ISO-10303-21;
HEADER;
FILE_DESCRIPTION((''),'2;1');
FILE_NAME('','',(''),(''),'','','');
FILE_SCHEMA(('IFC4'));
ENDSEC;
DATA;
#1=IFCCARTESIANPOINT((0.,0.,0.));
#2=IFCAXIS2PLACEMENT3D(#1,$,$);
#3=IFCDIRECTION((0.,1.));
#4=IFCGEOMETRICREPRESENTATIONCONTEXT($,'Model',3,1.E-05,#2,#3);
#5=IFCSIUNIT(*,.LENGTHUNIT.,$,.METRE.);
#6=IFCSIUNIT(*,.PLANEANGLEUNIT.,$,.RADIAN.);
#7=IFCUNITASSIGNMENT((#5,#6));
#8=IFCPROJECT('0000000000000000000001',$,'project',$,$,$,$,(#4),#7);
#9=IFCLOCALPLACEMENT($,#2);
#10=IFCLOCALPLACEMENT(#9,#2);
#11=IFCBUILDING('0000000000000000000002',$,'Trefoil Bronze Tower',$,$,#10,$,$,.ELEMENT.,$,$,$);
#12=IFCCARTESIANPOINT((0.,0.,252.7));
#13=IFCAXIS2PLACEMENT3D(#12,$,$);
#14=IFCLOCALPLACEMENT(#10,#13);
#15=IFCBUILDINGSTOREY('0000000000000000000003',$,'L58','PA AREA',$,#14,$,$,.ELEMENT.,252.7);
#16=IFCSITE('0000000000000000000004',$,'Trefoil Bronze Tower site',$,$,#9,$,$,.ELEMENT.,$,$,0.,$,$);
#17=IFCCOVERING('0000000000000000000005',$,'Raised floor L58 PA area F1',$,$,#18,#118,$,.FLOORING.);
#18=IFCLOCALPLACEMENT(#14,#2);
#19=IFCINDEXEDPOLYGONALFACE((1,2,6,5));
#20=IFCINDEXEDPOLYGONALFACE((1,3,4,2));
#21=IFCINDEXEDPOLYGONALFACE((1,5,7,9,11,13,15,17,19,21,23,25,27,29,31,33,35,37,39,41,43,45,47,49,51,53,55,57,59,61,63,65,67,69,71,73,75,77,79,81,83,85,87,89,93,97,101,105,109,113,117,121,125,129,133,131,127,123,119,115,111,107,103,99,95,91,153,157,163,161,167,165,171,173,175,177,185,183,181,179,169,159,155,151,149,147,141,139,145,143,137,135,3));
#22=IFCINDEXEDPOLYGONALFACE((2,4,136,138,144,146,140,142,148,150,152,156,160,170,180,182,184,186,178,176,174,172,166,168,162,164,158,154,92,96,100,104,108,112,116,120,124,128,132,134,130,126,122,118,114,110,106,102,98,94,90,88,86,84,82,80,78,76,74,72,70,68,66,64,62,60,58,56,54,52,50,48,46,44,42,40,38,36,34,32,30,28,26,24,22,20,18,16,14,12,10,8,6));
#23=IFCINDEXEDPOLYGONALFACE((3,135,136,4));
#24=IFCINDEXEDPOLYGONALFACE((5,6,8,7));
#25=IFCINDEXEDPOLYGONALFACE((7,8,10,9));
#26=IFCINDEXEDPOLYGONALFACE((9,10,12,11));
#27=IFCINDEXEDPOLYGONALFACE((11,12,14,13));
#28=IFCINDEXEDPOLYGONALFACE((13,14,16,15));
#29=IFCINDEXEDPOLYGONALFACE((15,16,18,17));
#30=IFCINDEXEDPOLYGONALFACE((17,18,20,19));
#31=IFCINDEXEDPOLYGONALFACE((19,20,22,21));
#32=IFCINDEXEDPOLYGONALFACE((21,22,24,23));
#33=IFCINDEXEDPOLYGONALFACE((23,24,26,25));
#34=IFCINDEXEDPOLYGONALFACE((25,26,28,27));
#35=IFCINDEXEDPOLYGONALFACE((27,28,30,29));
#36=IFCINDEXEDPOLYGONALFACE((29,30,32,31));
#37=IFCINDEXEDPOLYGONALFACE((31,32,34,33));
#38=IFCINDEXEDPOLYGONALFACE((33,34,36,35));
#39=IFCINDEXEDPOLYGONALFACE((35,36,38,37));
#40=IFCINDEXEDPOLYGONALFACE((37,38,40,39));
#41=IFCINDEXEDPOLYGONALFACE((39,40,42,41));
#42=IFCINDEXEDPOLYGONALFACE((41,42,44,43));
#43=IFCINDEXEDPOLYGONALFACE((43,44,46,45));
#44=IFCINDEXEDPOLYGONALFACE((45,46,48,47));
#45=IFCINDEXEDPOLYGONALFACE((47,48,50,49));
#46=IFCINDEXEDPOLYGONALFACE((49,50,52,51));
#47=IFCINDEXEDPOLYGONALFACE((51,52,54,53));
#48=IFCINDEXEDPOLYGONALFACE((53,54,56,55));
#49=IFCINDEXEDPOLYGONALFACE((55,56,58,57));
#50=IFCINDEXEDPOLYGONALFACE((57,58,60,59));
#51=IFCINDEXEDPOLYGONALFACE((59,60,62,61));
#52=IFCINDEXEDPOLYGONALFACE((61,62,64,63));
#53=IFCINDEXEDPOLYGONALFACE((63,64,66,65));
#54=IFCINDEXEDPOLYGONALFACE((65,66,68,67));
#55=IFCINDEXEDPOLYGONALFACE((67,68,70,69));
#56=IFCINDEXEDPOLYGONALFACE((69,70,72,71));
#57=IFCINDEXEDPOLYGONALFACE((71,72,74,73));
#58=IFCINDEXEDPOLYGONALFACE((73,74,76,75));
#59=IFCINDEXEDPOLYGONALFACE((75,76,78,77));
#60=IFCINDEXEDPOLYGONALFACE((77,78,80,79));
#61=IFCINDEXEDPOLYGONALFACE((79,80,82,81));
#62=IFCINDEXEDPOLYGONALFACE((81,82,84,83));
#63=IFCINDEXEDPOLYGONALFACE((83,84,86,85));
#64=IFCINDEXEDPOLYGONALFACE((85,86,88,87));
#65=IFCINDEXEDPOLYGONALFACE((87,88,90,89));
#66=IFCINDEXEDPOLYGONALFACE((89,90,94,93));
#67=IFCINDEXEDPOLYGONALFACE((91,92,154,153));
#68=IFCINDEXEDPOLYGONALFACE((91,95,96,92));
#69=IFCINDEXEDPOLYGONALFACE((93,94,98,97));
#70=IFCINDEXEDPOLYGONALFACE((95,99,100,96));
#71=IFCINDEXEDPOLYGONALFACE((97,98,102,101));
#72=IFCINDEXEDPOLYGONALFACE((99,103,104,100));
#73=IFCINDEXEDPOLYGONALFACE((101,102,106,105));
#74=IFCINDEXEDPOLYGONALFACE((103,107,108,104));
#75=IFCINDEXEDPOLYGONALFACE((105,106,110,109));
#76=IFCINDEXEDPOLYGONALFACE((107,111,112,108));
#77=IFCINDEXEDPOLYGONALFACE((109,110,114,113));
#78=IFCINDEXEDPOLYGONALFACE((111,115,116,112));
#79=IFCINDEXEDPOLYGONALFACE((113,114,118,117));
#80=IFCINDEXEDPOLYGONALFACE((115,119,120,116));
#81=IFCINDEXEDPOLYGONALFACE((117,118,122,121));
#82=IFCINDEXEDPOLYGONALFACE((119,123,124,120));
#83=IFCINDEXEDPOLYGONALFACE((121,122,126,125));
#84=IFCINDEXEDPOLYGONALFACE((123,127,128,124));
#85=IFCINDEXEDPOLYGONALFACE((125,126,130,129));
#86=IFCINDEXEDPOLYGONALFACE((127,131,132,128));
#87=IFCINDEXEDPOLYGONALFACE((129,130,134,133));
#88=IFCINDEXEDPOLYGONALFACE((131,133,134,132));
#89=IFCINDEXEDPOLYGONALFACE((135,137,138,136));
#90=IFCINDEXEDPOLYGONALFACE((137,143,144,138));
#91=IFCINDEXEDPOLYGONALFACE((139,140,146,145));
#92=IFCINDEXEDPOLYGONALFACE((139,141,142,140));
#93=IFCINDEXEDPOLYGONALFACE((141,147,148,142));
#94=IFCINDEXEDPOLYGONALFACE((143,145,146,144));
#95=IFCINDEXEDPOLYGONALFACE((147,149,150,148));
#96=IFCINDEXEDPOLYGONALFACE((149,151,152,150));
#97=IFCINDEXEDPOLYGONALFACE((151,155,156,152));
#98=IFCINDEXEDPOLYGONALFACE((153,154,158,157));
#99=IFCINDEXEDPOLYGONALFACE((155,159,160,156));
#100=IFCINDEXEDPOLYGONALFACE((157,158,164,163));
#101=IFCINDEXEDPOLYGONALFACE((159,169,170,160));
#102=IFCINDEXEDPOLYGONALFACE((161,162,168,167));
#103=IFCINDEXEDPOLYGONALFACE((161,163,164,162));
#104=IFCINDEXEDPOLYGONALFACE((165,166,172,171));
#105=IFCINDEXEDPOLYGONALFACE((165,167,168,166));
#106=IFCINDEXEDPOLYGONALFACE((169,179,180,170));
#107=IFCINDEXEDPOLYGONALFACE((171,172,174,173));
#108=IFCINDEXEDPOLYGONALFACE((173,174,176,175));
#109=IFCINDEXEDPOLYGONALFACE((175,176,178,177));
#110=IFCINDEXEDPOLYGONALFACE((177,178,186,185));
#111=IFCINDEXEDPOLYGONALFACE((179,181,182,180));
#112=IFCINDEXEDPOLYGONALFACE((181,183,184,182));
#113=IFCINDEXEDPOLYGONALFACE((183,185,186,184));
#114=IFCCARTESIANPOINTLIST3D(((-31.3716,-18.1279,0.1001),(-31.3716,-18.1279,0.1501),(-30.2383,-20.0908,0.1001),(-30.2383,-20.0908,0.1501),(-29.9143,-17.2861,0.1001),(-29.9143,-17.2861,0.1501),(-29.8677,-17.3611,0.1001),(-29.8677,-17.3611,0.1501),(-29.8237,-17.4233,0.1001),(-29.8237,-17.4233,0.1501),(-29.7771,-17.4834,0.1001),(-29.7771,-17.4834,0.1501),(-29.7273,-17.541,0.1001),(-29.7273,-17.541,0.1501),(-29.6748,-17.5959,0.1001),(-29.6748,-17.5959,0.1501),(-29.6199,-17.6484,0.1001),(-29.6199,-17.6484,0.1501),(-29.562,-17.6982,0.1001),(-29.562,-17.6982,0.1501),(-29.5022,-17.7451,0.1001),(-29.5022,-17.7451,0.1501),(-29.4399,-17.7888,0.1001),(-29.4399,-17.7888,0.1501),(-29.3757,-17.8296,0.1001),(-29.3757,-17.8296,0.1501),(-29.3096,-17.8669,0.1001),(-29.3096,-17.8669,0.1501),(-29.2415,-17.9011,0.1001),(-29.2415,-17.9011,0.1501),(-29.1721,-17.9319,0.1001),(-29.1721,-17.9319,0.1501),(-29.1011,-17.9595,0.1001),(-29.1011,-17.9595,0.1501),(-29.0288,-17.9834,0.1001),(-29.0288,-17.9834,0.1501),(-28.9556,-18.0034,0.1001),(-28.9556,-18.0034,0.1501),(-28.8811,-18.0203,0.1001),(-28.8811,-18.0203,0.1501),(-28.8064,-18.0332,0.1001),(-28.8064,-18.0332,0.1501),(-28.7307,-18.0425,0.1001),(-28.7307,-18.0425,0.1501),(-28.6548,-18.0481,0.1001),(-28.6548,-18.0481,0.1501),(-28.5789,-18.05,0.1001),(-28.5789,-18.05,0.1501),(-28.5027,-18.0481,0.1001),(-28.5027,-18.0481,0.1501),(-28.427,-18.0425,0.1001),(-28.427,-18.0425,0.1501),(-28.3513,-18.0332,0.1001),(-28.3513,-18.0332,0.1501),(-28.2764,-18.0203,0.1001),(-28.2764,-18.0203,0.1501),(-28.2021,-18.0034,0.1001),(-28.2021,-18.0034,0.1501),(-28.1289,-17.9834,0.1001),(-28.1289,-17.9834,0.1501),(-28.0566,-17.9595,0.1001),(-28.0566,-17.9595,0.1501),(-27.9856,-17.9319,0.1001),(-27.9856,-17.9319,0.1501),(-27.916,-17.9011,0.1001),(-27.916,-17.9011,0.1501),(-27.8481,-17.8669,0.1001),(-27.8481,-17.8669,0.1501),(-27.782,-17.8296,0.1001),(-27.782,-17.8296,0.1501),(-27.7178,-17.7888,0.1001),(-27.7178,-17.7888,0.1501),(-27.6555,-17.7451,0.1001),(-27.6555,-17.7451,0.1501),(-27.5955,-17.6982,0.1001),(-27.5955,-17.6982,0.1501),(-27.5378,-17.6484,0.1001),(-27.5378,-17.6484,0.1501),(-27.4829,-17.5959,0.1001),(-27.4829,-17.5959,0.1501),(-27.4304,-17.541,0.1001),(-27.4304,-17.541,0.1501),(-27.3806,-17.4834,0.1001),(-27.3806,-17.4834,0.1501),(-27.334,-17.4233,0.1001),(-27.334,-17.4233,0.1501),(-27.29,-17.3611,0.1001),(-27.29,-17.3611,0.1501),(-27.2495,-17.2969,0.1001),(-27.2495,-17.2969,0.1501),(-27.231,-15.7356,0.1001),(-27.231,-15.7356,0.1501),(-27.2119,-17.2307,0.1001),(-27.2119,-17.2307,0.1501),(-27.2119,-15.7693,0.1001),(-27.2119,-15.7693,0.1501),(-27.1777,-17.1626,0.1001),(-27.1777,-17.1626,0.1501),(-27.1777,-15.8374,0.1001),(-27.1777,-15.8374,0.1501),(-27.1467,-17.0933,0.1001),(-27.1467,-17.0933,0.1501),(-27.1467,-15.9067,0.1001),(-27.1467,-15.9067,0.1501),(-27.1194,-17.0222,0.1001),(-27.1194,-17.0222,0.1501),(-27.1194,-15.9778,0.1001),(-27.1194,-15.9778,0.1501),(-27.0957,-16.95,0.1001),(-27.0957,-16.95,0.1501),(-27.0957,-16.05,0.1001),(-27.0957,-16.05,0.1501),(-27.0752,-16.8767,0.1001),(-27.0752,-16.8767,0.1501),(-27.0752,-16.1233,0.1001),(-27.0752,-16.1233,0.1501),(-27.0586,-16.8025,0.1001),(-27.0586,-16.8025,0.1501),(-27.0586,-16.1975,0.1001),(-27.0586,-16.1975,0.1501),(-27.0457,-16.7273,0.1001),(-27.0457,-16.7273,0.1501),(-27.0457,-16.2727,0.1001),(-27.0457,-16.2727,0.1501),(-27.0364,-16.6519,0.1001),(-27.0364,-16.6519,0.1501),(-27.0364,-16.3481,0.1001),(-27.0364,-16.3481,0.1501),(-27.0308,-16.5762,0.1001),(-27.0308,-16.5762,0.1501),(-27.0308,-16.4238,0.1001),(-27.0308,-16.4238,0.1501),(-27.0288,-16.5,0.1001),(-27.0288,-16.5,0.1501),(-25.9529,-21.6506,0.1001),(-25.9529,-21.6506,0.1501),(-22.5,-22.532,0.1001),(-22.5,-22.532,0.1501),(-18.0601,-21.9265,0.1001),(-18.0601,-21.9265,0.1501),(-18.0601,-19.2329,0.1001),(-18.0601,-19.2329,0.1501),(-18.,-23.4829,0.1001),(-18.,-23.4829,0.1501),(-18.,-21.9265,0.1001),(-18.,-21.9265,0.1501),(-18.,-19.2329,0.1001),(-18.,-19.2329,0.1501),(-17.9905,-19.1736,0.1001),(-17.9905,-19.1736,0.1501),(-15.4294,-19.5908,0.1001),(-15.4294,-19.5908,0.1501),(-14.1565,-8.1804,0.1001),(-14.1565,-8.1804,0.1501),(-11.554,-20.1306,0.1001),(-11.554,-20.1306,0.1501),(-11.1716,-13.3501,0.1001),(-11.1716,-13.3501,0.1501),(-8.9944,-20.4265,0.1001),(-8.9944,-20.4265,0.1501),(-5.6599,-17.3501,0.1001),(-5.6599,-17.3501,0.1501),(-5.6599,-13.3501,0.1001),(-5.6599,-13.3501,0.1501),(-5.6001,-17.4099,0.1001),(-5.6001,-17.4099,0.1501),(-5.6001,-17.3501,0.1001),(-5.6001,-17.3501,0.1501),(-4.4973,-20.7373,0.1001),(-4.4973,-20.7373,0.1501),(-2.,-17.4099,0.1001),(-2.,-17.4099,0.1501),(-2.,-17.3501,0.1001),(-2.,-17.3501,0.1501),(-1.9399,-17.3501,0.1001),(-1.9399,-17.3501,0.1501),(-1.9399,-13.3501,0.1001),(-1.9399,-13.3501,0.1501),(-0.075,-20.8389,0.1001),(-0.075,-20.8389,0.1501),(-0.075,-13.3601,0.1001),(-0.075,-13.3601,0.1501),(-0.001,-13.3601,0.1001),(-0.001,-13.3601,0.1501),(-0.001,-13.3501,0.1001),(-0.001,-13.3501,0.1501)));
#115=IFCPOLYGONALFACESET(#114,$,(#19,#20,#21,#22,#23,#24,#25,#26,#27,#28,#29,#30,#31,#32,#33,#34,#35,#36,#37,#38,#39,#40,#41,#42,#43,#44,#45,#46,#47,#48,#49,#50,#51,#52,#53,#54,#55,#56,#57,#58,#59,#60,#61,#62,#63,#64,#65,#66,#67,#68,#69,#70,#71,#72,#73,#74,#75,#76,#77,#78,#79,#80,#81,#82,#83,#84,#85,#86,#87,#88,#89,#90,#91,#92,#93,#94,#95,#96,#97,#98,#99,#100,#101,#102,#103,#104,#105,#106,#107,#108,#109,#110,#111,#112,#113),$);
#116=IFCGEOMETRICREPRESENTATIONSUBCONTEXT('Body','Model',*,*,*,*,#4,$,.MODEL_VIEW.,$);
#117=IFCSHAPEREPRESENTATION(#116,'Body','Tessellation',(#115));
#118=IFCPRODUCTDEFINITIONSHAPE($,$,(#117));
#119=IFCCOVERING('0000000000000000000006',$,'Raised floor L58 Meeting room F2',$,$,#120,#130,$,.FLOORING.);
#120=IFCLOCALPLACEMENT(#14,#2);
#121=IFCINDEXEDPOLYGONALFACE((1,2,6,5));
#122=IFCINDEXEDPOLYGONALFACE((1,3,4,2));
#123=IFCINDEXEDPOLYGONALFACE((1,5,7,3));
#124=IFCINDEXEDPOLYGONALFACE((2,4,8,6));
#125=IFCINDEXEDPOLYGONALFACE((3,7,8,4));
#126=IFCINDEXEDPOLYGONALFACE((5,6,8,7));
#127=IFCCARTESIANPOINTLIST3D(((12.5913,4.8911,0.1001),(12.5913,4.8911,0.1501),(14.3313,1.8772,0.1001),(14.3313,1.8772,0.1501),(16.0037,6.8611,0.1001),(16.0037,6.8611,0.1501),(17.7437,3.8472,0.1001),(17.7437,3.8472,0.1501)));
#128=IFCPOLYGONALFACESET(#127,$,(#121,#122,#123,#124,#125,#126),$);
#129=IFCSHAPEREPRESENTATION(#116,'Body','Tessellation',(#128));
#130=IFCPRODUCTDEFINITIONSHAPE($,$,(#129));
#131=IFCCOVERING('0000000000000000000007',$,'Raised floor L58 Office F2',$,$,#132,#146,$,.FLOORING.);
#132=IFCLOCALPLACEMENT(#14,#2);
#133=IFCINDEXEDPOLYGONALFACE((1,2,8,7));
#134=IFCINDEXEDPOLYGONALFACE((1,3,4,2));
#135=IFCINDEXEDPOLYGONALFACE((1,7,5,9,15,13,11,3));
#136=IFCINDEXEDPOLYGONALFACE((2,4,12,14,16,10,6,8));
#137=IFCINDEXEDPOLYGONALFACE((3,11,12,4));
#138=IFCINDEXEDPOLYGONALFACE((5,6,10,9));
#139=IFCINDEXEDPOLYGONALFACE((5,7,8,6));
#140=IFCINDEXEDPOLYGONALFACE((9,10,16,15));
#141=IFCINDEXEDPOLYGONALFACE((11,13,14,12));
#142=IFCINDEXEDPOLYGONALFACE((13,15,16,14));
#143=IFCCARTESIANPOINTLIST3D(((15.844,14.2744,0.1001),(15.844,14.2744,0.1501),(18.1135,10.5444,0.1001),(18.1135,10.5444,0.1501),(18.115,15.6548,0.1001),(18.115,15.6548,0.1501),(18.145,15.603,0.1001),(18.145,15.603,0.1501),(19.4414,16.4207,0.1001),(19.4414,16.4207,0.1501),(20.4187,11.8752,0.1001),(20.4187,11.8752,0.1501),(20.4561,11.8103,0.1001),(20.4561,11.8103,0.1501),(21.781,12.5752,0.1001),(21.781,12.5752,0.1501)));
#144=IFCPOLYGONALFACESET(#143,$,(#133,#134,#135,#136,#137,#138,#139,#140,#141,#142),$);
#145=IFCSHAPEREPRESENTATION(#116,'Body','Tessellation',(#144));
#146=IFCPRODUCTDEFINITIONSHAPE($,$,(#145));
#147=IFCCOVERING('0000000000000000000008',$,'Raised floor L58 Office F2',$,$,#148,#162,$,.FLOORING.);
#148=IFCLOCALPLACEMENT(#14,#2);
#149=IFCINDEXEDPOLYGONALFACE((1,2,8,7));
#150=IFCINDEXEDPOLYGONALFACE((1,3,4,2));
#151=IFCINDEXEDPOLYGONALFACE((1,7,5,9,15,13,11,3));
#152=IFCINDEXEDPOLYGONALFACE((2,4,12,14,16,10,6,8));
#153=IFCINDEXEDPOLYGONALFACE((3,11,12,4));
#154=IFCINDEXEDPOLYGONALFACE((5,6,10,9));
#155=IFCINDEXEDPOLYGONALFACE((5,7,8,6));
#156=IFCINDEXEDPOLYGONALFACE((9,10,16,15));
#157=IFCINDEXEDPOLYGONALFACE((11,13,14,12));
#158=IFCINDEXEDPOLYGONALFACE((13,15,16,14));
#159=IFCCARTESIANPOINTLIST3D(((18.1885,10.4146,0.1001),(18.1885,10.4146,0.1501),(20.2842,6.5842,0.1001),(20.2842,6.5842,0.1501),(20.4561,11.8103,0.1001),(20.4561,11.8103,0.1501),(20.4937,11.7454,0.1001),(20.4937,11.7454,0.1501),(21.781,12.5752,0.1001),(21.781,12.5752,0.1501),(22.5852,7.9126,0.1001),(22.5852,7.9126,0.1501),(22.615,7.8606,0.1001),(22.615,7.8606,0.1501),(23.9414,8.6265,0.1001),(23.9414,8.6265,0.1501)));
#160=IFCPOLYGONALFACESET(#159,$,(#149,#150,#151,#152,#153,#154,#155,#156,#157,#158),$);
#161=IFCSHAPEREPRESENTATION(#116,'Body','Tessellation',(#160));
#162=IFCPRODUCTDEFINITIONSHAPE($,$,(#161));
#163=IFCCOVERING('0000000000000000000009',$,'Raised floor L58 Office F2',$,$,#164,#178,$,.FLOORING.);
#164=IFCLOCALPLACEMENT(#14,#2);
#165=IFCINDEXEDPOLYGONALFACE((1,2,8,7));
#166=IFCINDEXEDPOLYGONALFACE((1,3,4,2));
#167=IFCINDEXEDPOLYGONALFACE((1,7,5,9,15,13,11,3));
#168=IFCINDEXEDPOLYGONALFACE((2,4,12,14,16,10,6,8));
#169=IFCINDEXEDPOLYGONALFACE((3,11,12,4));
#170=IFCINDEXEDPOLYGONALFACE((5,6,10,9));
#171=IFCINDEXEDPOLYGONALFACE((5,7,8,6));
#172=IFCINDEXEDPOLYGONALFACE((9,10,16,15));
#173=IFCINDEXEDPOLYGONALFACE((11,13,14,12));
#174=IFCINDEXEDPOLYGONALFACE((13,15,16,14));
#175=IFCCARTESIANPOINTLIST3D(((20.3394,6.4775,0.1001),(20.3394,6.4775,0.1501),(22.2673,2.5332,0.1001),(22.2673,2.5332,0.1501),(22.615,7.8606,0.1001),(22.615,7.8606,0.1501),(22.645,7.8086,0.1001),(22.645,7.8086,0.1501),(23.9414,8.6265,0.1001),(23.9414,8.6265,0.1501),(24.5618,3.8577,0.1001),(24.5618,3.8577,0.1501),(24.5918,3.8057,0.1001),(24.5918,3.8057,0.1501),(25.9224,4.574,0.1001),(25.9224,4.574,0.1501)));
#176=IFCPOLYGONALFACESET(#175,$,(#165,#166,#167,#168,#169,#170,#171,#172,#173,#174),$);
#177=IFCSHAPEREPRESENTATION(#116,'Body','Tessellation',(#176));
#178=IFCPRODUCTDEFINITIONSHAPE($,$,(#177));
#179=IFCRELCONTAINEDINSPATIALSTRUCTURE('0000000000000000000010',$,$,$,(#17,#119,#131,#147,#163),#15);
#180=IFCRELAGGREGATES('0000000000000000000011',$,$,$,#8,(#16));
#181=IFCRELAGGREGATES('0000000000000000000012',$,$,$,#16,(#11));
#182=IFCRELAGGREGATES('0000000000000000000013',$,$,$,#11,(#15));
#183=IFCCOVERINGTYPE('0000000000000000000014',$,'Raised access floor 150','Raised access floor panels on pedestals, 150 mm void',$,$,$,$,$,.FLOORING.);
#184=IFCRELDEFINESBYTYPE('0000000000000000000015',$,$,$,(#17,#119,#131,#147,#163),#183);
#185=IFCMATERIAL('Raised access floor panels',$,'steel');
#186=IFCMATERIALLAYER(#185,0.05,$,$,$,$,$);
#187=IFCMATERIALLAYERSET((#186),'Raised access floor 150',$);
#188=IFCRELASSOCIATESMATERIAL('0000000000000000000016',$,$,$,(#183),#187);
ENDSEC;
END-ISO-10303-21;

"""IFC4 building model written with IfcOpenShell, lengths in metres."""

from ifc_helpers import new_model, si_unit, direction, frame, origin, place, context, subcontext, project, spatial, polyline, outline, extrude, material, layer, layer_set, type_object, element, save


model = new_model("IFC4")

# Units and contexts
model_context = context("Model", 3, precision=1e-05, world=origin(), true_north=direction((0.0, 1.0)))
body_context = subcontext(model_context, "Body", "Model", "MODEL_VIEW")
ifc_project = project(units=[si_unit("LENGTHUNIT", "METRE"), si_unit("PLANEANGLEUNIT", "RADIAN")], contexts=[model_context])

# Site, building, storey
site_placement = place(None, origin())
site = spatial("IfcSite", under=ifc_project, at=site_placement, Name="Trefoil Bronze Tower site", CompositionType="ELEMENT", RefElevation=0.0)
building_placement = place(site_placement, origin())
building = spatial("IfcBuilding", under=site, at=building_placement, Name="Trefoil Bronze Tower", CompositionType="ELEMENT")
storey_placement = place(building_placement, frame((0.0, 0.0, 252.7)))
storey = spatial("IfcBuildingStorey", under=building, at=storey_placement, Name="L58", Description="PA AREA", CompositionType="ELEMENT", Elevation=252.7)

# Coverings
ifc_material_1 = material(Name="Raised access floor panels", Category="steel")
ifc_layer_1 = layer(ifc_material_1, 0.05)
ifc_layer_set_1 = layer_set([ifc_layer_1], Name="Raised access floor 150")
covering_type_1 = type_object("IfcCoveringType", Name="Raised access floor 150", Description="Raised access floor panels on pedestals, 150 mm void", PredefinedType="FLOORING", material=ifc_layer_set_1)
covering_1_placement = place(storey_placement, frame((0.0, 0.0, 0.1001)))
element("IfcCovering", 1, at=covering_1_placement, inside=storey, type_object=covering_type_1, Name="Raised floor L58 PA area F1", PredefinedType="FLOORING", context=body_context, shape_type="SweptSolid", body=[
    extrude(outline(polyline([(-27.231, -15.7356), (-14.1565, -8.1804), (-11.1716, -13.3501), (-5.6599, -13.3501), (-5.6599, -17.3501), (-5.6001, -17.3501), (-5.6001, -17.4099), (-2.0, -17.4099), (-2.0, -17.3501), (-1.9399, -17.3501), (-1.9399, -13.3501), (-0.001, -13.3501), (-0.001, -13.3601), (-0.075, -13.3601), (-0.075, -20.8389), (-4.4973, -20.7373), (-8.9944, -20.4265), (-11.554, -20.1306), (-15.4294, -19.5908), (-17.9905, -19.1736), (-18.0, -19.2329), (-18.0601, -19.2329), (-18.0601, -21.9265), (-18.0, -21.9265), (-18.0, -23.4829), (-22.5, -22.532), (-25.9529, -21.6506), (-30.2383, -20.0908), (-31.3716, -18.1279), (-29.9143, -17.2861), (-29.8677, -17.3611), (-29.8237, -17.4233), (-29.7771, -17.4834), (-29.7273, -17.541), (-29.6748, -17.5959), (-29.6199, -17.6484), (-29.562, -17.6982), (-29.5022, -17.7451), (-29.4399, -17.7888), (-29.3757, -17.8296), (-29.3096, -17.8669), (-29.2415, -17.9011), (-29.1721, -17.9319), (-29.1011, -17.9595), (-29.0288, -17.9834), (-28.9556, -18.0034), (-28.8811, -18.0203), (-28.8064, -18.0332), (-28.7307, -18.0425), (-28.6548, -18.0481), (-28.5789, -18.05), (-28.5027, -18.0481), (-28.427, -18.0425), (-28.3513, -18.0332), (-28.2764, -18.0203), (-28.2021, -18.0034), (-28.1289, -17.9834), (-28.0566, -17.9595), (-27.9856, -17.9319), (-27.916, -17.9011), (-27.8481, -17.8669), (-27.782, -17.8296), (-27.7178, -17.7888), (-27.6555, -17.7451), (-27.5955, -17.6982), (-27.5378, -17.6484), (-27.4829, -17.5959), (-27.4304, -17.541), (-27.3806, -17.4834), (-27.334, -17.4233), (-27.29, -17.3611), (-27.2495, -17.2969), (-27.2119, -17.2307), (-27.1777, -17.1626), (-27.1467, -17.0933), (-27.1194, -17.0222), (-27.0957, -16.95), (-27.0752, -16.8767), (-27.0586, -16.8025), (-27.0457, -16.7273), (-27.0364, -16.6519), (-27.0308, -16.5762), (-27.0288, -16.5), (-27.0308, -16.4238), (-27.0364, -16.3481), (-27.0457, -16.2727), (-27.0586, -16.1975), (-27.0752, -16.1233), (-27.0957, -16.05), (-27.1194, -15.9778), (-27.1467, -15.9067), (-27.1777, -15.8374), (-27.2119, -15.7693), (-27.231, -15.7356)])), origin(), (0.0, 0.0, 1.0), 0.05),
])
covering_2_placement = place(storey_placement, frame((0.0, 0.0, 0.1001)))
element("IfcCovering", 2, at=covering_2_placement, inside=storey, type_object=covering_type_1, Name="Raised floor L58 Meeting room F2", PredefinedType="FLOORING", context=body_context, shape_type="SweptSolid", body=[
    extrude(outline(polyline([(12.5913, 4.8911), (16.0037, 6.8611), (17.7437, 3.8472), (14.3313, 1.8772), (12.5913, 4.8911)])), origin(), (0.0, 0.0, 1.0), 0.05),
])
covering_3_placement = place(storey_placement, frame((0.0, 0.0, 0.1001)))
element("IfcCovering", 3, at=covering_3_placement, inside=storey, type_object=covering_type_1, Name="Raised floor L58 Office F2", PredefinedType="FLOORING", context=body_context, shape_type="SweptSolid", body=[
    extrude(outline(polyline([(19.4414, 16.4207), (21.781, 12.5752), (20.4561, 11.8103), (20.4187, 11.8752), (18.1135, 10.5444), (15.844, 14.2744), (18.145, 15.603), (18.115, 15.6548), (19.4414, 16.4207)])), origin(), (0.0, 0.0, 1.0), 0.05),
])
covering_4_placement = place(storey_placement, frame((0.0, 0.0, 0.1001)))
element("IfcCovering", 4, at=covering_4_placement, inside=storey, type_object=covering_type_1, Name="Raised floor L58 Office F2", PredefinedType="FLOORING", context=body_context, shape_type="SweptSolid", body=[
    extrude(outline(polyline([(21.781, 12.5752), (23.9414, 8.6265), (22.615, 7.8606), (22.5852, 7.9126), (20.2842, 6.5842), (18.1885, 10.4146), (20.4937, 11.7454), (20.4561, 11.8103), (21.781, 12.5752)])), origin(), (0.0, 0.0, 1.0), 0.05),
])
covering_5_placement = place(storey_placement, frame((0.0, 0.0, 0.1001)))
element("IfcCovering", 5, at=covering_5_placement, inside=storey, type_object=covering_type_1, Name="Raised floor L58 Office F2", PredefinedType="FLOORING", context=body_context, shape_type="SweptSolid", body=[
    extrude(outline(polyline([(23.9414, 8.6265), (25.9224, 4.574), (24.5918, 3.8057), (24.5618, 3.8577), (22.2673, 2.5332), (20.3394, 6.4775), (22.645, 7.8086), (22.615, 7.8606), (23.9414, 8.6265)])), origin(), (0.0, 0.0, 1.0), 0.05),
])

save(model, "model.ifc")
